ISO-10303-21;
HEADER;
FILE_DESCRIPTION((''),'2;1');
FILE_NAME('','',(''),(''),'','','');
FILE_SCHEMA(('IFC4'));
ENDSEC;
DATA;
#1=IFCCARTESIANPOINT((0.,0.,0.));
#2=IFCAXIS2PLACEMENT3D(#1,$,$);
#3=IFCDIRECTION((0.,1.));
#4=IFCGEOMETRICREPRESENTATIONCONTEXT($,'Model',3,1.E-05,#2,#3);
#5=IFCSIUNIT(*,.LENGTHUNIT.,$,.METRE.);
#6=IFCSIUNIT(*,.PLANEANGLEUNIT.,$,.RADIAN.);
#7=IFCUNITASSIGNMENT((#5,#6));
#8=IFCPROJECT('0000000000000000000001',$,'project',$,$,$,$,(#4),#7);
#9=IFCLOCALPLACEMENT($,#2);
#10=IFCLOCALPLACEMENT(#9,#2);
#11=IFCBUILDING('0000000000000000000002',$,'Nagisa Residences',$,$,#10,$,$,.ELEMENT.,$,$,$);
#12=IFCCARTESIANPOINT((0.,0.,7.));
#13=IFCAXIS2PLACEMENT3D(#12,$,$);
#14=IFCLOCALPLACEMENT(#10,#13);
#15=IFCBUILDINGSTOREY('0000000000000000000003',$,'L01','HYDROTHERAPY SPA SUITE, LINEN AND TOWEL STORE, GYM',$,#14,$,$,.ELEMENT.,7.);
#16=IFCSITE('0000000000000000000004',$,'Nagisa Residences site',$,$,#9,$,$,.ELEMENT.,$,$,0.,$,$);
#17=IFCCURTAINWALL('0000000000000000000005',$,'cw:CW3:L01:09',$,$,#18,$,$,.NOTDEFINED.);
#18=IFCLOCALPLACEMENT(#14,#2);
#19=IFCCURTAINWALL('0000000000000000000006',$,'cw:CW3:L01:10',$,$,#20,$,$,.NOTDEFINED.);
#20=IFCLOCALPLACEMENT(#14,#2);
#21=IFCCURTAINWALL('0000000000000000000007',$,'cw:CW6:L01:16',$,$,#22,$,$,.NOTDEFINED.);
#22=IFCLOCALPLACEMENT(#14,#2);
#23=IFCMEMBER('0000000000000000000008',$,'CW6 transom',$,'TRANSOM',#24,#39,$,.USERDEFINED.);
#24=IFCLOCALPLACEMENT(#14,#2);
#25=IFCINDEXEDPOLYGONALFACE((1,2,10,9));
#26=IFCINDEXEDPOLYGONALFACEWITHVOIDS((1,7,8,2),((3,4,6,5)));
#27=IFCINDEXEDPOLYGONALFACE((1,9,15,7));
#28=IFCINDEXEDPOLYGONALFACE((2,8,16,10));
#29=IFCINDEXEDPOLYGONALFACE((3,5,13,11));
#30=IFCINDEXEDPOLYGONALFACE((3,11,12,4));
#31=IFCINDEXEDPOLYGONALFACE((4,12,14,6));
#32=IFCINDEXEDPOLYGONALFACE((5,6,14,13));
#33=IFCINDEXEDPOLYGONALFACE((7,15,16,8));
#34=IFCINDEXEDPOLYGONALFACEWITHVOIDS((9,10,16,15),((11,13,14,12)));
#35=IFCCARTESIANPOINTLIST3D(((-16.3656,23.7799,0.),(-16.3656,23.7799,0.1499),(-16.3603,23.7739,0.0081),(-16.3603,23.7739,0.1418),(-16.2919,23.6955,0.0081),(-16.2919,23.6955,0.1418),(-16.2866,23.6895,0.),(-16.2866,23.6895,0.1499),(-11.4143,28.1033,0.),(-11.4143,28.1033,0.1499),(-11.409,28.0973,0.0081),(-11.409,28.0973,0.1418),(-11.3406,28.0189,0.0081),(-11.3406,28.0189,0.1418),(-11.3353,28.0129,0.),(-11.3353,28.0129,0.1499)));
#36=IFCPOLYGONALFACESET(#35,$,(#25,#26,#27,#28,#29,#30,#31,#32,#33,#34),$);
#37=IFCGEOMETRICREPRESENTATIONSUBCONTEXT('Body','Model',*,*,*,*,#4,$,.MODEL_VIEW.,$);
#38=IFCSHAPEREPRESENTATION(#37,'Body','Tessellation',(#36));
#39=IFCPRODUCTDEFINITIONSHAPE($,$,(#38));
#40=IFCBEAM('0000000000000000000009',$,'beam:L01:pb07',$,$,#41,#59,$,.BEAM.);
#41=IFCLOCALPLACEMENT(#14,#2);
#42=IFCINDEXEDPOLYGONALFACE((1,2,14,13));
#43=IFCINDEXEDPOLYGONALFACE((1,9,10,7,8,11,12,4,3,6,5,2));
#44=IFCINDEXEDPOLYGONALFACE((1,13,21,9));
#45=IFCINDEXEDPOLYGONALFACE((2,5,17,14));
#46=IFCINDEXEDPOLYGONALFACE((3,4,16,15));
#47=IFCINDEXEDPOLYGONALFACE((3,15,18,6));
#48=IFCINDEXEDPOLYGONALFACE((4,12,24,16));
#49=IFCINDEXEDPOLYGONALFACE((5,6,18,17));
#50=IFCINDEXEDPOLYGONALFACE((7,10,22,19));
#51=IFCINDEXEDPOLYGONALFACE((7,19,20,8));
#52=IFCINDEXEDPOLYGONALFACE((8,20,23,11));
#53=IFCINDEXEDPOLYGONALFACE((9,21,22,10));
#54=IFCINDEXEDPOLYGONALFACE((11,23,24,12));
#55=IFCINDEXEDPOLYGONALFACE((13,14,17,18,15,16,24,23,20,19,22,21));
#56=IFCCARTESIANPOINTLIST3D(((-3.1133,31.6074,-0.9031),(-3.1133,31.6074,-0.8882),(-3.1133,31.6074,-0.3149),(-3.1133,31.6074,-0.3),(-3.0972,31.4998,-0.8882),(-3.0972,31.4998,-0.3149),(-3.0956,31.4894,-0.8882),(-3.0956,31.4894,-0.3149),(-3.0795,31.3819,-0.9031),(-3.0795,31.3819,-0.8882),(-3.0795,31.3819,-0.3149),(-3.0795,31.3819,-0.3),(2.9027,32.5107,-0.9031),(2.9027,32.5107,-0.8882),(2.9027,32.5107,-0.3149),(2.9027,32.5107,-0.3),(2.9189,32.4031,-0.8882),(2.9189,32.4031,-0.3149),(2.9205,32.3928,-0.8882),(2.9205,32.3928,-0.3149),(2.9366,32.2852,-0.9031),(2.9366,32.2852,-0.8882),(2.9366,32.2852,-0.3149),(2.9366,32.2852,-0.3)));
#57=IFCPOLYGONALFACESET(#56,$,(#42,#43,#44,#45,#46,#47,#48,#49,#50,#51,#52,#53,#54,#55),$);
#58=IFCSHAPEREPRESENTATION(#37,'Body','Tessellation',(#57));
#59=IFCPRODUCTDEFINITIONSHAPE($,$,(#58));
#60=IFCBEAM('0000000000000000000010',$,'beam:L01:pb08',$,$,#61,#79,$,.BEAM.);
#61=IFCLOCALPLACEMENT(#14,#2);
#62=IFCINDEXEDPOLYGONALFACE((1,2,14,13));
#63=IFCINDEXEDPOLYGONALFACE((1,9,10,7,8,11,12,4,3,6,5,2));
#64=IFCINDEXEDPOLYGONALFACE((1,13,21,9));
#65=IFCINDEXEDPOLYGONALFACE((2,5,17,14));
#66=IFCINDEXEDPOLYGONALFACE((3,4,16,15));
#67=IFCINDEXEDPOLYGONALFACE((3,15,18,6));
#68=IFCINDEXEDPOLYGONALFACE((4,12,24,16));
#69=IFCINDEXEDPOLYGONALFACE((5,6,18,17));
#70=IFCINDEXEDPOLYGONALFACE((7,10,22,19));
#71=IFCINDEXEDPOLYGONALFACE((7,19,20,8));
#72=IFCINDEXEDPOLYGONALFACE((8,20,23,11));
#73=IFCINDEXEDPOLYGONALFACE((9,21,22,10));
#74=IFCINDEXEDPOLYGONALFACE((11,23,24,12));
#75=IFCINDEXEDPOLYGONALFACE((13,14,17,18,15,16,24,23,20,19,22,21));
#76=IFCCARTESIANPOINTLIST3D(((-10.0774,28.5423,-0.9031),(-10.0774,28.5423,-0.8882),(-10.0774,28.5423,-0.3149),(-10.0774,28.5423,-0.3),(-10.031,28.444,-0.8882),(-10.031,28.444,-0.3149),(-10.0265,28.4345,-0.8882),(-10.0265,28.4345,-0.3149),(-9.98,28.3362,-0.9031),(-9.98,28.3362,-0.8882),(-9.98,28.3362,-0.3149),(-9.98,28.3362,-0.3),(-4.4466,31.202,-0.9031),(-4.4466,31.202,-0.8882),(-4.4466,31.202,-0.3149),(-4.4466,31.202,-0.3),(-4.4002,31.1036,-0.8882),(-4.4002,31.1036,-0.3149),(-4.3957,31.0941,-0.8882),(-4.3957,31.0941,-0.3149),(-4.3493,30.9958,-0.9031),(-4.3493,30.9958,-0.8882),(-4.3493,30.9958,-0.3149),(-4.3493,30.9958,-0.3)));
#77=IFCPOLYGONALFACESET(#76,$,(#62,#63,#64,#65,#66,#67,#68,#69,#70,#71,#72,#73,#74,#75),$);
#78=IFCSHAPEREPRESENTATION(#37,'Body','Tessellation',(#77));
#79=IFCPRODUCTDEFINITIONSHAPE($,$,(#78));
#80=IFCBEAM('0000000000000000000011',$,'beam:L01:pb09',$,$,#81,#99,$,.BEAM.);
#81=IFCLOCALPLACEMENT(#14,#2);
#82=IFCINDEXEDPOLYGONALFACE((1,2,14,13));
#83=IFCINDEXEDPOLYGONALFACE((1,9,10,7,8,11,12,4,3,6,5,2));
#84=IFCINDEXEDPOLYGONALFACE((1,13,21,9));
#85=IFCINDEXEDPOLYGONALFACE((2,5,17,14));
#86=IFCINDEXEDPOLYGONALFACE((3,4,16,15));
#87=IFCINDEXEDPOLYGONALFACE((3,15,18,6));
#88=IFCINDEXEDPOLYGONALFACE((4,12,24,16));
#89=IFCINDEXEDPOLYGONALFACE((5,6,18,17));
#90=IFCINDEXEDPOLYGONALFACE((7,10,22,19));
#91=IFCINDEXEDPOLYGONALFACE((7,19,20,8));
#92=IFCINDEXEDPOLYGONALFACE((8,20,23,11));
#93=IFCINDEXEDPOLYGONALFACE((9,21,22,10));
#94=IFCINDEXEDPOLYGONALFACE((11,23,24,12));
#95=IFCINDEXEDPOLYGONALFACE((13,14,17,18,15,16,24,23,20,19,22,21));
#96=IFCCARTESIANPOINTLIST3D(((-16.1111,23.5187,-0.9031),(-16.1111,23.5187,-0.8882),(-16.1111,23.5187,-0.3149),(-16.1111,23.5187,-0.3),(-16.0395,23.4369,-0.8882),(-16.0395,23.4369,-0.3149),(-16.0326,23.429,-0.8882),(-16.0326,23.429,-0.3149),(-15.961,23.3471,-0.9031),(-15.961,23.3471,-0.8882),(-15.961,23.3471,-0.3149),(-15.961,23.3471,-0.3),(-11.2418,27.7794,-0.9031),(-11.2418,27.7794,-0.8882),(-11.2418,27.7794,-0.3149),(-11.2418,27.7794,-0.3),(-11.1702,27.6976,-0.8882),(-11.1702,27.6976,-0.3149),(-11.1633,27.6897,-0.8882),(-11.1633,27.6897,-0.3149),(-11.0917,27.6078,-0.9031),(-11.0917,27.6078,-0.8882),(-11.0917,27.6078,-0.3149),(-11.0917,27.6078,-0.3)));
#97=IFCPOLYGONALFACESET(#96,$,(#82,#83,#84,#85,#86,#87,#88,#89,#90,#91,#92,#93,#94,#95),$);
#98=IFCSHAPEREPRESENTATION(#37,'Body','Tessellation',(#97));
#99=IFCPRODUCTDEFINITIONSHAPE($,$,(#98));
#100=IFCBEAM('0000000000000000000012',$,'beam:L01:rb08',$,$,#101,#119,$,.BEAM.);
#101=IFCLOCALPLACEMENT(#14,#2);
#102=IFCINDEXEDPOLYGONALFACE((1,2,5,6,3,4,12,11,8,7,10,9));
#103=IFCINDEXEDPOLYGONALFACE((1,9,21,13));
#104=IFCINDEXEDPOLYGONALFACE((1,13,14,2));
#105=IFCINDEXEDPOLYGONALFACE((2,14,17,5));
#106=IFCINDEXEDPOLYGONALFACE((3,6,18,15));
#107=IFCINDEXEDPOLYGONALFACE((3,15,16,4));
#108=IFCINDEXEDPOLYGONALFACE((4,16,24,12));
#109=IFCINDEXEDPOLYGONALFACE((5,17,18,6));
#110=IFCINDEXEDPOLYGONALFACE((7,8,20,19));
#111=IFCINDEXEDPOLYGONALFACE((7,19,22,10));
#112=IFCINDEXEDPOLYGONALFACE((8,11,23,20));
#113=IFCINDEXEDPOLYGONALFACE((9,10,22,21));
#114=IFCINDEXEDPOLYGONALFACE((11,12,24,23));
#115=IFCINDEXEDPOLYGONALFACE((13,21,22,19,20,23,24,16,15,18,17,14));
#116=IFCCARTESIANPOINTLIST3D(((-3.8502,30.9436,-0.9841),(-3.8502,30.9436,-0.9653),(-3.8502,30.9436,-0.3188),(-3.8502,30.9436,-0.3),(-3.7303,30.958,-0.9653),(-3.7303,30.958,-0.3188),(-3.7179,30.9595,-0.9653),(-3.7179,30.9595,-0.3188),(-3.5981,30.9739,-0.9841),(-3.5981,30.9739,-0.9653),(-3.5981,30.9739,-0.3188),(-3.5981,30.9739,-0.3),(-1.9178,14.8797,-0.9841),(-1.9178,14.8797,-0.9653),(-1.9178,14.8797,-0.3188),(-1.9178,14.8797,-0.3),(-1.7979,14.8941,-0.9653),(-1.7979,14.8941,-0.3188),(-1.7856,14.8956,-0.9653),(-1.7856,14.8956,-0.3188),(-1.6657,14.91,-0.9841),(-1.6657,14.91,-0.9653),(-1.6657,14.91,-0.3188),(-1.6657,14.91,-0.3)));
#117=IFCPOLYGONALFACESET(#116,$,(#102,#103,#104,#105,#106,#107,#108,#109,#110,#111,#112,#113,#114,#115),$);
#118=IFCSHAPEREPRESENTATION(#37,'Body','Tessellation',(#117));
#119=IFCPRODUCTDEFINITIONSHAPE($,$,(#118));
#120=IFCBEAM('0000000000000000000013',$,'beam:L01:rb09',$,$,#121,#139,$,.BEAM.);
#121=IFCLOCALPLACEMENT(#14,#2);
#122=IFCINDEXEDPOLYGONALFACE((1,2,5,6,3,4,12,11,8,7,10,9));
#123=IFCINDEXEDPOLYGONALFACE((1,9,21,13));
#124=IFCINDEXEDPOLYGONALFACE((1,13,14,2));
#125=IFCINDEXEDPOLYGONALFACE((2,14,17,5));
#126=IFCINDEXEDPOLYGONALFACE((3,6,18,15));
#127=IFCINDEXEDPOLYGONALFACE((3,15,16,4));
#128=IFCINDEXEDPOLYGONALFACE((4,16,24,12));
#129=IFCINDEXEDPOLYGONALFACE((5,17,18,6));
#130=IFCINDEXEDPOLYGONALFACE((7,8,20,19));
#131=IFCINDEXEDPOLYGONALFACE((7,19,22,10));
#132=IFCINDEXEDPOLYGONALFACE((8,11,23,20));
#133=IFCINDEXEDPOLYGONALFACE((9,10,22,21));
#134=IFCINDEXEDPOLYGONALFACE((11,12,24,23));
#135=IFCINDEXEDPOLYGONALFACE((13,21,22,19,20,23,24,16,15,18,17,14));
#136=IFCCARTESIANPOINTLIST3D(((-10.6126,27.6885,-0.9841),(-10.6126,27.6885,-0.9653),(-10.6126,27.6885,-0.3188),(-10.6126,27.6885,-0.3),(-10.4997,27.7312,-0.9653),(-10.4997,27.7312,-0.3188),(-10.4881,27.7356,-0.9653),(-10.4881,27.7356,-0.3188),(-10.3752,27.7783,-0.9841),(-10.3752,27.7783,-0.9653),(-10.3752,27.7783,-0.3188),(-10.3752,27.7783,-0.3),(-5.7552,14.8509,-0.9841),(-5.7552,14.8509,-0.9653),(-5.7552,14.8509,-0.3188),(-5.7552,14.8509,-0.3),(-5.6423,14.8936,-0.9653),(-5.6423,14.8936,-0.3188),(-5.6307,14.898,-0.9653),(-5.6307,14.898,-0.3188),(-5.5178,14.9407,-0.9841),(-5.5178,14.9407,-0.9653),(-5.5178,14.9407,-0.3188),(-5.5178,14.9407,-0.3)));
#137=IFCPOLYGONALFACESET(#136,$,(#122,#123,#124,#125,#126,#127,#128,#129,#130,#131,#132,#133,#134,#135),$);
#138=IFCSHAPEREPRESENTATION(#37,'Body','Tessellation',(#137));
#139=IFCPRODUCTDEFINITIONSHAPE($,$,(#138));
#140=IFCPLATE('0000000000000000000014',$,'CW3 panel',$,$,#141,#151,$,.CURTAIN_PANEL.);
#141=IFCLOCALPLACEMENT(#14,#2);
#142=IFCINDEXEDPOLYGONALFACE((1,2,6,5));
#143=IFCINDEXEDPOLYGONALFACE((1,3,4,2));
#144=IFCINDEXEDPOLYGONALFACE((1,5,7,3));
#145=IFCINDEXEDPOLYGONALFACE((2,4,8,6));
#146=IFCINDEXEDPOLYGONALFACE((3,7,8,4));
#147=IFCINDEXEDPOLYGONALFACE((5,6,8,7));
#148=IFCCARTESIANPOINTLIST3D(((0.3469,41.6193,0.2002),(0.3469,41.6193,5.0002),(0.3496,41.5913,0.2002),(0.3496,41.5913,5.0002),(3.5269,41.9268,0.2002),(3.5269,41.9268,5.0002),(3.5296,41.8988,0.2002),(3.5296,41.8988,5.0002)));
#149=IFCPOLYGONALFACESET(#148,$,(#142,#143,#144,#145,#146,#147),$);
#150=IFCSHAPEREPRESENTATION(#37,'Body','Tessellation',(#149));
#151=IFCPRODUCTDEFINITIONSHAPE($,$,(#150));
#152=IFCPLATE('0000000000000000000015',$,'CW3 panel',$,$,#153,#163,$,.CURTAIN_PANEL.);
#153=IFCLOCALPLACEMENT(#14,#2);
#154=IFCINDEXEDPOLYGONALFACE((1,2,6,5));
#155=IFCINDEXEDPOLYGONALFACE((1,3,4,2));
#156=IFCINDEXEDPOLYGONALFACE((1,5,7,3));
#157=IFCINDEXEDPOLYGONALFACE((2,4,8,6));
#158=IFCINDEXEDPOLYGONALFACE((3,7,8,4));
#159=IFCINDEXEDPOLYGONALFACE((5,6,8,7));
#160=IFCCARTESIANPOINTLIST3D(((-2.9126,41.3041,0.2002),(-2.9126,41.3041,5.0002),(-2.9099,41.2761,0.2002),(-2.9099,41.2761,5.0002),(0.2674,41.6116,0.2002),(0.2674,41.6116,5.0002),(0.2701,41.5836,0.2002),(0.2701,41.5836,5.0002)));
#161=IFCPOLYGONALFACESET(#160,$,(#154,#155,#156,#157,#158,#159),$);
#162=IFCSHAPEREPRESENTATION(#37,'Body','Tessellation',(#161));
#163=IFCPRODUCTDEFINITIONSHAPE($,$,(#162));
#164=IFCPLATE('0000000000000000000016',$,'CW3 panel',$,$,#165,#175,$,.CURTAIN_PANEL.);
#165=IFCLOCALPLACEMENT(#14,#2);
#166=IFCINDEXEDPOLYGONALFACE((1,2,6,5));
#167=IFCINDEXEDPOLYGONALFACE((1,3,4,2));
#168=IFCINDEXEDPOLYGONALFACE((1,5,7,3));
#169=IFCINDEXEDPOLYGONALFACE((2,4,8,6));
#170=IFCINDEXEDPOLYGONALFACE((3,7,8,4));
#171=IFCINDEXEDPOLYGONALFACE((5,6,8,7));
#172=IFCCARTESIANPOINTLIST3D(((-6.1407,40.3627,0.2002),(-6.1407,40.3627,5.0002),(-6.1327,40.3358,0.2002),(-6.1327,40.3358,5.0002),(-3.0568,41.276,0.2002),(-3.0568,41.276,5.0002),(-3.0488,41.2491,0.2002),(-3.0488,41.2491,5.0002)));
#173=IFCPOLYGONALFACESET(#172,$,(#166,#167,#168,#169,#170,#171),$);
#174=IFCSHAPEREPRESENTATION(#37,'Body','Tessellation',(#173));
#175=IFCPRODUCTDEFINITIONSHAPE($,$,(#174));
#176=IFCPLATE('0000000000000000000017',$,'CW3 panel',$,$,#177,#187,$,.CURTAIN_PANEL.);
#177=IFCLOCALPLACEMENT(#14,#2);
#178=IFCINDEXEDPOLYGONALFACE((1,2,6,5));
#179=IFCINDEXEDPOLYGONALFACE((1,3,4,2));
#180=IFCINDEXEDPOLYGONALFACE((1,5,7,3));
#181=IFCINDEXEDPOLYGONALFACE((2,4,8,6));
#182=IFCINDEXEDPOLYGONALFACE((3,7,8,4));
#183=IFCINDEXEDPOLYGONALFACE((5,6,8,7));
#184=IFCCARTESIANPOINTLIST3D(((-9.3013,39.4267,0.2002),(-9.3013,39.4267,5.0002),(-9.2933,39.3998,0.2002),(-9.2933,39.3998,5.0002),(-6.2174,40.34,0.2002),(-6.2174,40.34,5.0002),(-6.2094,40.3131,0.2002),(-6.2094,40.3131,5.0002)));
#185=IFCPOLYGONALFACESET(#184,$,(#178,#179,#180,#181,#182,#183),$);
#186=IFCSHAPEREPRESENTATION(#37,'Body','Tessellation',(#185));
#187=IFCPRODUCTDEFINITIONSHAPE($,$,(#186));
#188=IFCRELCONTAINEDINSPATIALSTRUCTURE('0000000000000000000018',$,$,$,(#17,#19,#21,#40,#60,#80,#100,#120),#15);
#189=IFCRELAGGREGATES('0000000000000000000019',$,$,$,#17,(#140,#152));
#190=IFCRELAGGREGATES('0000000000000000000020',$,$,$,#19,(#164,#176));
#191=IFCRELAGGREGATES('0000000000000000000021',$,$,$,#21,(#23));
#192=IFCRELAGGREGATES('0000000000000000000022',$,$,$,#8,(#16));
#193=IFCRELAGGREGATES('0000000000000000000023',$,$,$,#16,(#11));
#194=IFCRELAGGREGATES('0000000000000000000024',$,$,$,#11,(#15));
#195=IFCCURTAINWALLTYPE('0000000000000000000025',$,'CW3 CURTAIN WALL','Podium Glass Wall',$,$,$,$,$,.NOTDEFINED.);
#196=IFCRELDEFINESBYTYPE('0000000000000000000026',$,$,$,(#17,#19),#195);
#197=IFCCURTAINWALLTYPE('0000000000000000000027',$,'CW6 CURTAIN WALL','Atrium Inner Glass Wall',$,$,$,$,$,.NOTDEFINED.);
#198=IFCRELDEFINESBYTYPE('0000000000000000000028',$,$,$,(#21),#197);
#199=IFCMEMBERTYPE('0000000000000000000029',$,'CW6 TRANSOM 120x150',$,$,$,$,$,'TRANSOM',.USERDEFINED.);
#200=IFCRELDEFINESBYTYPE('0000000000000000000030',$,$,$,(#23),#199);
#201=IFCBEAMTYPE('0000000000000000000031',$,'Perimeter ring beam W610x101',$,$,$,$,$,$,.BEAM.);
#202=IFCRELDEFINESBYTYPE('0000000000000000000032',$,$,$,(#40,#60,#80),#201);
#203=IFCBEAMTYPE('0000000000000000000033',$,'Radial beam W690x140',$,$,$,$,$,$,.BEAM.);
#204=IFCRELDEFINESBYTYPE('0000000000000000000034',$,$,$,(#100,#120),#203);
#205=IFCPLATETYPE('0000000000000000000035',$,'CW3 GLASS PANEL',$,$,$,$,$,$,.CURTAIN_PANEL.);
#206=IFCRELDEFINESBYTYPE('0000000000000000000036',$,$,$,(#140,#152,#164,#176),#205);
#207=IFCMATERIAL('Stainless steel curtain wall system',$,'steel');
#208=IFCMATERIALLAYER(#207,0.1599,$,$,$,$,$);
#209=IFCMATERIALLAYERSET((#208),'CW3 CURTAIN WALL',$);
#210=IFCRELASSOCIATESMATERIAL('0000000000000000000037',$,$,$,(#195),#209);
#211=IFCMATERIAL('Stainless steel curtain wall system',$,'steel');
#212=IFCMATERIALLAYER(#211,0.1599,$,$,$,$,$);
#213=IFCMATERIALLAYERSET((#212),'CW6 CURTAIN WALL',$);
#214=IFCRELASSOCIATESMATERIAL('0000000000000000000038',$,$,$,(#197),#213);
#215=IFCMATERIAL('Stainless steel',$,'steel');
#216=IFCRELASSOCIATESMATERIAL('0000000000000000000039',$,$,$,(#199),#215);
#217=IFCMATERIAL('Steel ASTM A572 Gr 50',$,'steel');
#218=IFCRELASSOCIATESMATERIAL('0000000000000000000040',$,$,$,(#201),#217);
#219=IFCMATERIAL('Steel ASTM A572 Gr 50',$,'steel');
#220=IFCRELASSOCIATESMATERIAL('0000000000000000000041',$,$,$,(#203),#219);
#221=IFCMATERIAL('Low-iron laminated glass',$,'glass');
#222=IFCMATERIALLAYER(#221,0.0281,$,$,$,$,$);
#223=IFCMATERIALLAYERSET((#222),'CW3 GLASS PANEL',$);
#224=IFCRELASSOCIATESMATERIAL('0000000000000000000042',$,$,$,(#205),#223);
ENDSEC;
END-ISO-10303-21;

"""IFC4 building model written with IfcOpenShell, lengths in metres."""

from ifc_helpers import new_model, si_unit, direction, frame, origin, origin_2d, place, context, subcontext, project, spatial, rectangle, hollow_rectangle, i_section, extrude, material, layer, layer_set, material_profile, profile_set, type_object, element, aggregate, save


model = new_model("IFC4")

# Units and contexts
model_context = context("Model", 3, precision=1e-05, world=origin(), true_north=direction((0.0, 1.0)))
body_context = subcontext(model_context, "Body", "Model", "MODEL_VIEW")
ifc_project = project(units=[si_unit("LENGTHUNIT", "METRE"), si_unit("PLANEANGLEUNIT", "RADIAN")], contexts=[model_context])

# Site, building, storey
site_placement = place(None, origin())
site = spatial("IfcSite", under=ifc_project, at=site_placement, Name="Nagisa Residences site", CompositionType="ELEMENT", RefElevation=0.0)
building_placement = place(site_placement, origin())
building = spatial("IfcBuilding", under=site, at=building_placement, Name="Nagisa Residences", CompositionType="ELEMENT")
storey_placement = place(building_placement, frame((0.0, 0.0, 7.0)))
storey = spatial("IfcBuildingStorey", under=building, at=storey_placement, Name="L01", Description="HYDROTHERAPY SPA SUITE, LINEN AND TOWEL STORE, GYM", CompositionType="ELEMENT", Elevation=7.0)

# Curtain walls
ifc_material_1 = material(Name="Stainless steel curtain wall system", Category="steel")
ifc_layer_1 = layer(ifc_material_1, 0.1599)
ifc_layer_set_1 = layer_set([ifc_layer_1], Name="CW3 CURTAIN WALL")
curtain_wall_type_1 = type_object("IfcCurtainWallType", Name="CW3 CURTAIN WALL", Description="Podium Glass Wall", PredefinedType="NOTDEFINED", material=ifc_layer_set_1)
curtain_wall_1_placement = place(storey_placement, origin())
curtain_wall_1 = element("IfcCurtainWall", 1, at=curtain_wall_1_placement, inside=storey, type_object=curtain_wall_type_1, Name="cw:CW3:L01:09", PredefinedType="NOTDEFINED")
curtain_wall_2_placement = place(storey_placement, origin())
curtain_wall_2 = element("IfcCurtainWall", 2, at=curtain_wall_2_placement, inside=storey, type_object=curtain_wall_type_1, Name="cw:CW3:L01:10", PredefinedType="NOTDEFINED")

# Curtain wall
ifc_material_2 = material(Name="Stainless steel curtain wall system", Category="steel")
ifc_layer_2 = layer(ifc_material_2, 0.1599)
ifc_layer_set_2 = layer_set([ifc_layer_2], Name="CW6 CURTAIN WALL")
curtain_wall_type_2 = type_object("IfcCurtainWallType", Name="CW6 CURTAIN WALL", Description="Atrium Inner Glass Wall", PredefinedType="NOTDEFINED", material=ifc_layer_set_2)
curtain_wall_3_placement = place(storey_placement, origin())
curtain_wall_3 = element("IfcCurtainWall", 3, at=curtain_wall_3_placement, inside=storey, type_object=curtain_wall_type_2, Name="cw:CW6:L01:16", PredefinedType="NOTDEFINED")

# Member
ifc_material_3 = material(Name="Stainless steel", Category="steel")
ifc_material_profile_1 = material_profile(ifc_material_3, hollow_rectangle(XDim=0.1201, YDim=0.1499, WallThickness=0.0081, at=origin_2d()), Name="CW6 TRANSOM 120x150")
ifc_profile_set_1 = profile_set([ifc_material_profile_1], Name="Stainless steel")
member_type_1 = type_object("IfcMemberType", Name="CW6 TRANSOM 120x150", ElementType="TRANSOM", PredefinedType="USERDEFINED", material=ifc_profile_set_1)
member_1_placement = place(storey_placement, frame((-11.3748, 28.0581, 0.075), z_axis=(-0.753255, -0.657729, 0.0), x_axis=(0.657729, -0.753255, 0.0)))
member_1 = element("IfcMember", 4, at=member_1_placement, type_object=member_type_1, Name="CW6 transom", ObjectType="TRANSOM", PredefinedType="USERDEFINED", context=body_context, shape_type="SweptSolid", body=[
    extrude(hollow_rectangle(XDim=0.1201, YDim=0.1499, WallThickness=0.0081, at=origin_2d()), origin(), (0.0, 0.0, 1.0), 6.5732),
])

# Beams
ifc_material_4 = material(Name="Steel ASTM A572 Gr 50", Category="steel")
ifc_material_profile_2 = material_profile(ifc_material_4, i_section(OverallWidth=0.228, OverallDepth=0.603, WebThickness=0.0105, FlangeThickness=0.0149, at=origin_2d()), Name="W610x101")
ifc_profile_set_2 = profile_set([ifc_material_profile_2], Name="Steel ASTM A572 Gr 50")
beam_type_1 = type_object("IfcBeamType", Name="Perimeter ring beam W610x101", PredefinedType="BEAM", material=ifc_profile_set_2)
beam_1_placement = place(storey_placement, frame((2.9197, 32.3979, -0.6016), z_axis=(-0.988915, -0.148486, 0.0), x_axis=(0.148486, -0.988915, 0.0)))
element("IfcBeam", 5, at=beam_1_placement, inside=storey, type_object=beam_type_1, Name="beam:L01:pb07", PredefinedType="BEAM", context=body_context, shape_type="SweptSolid", body=[
    extrude(i_section(OverallWidth=0.228, OverallDepth=0.603, WebThickness=0.0105, FlangeThickness=0.0149, at=origin_2d()), origin(), (0.0, 0.0, 1.0), 6.0835),
])
beam_2_placement = place(storey_placement, frame((-4.3979, 31.0989, -0.6016), z_axis=(-0.904208, -0.427092, 0.0), x_axis=(0.427092, -0.904208, 0.0)))
element("IfcBeam", 6, at=beam_2_placement, inside=storey, type_object=beam_type_1, Name="beam:L01:pb08", PredefinedType="BEAM", context=body_context, shape_type="SweptSolid", body=[
    extrude(i_section(OverallWidth=0.228, OverallDepth=0.603, WebThickness=0.0105, FlangeThickness=0.0149, at=origin_2d()), origin(), (0.0, 0.0, 1.0), 6.2273),
])
beam_3_placement = place(storey_placement, frame((-11.1667, 27.6936, -0.6016), z_axis=(-0.752574, -0.658507, 0.0), x_axis=(0.658507, -0.752574, 0.0)))
element("IfcBeam", 7, at=beam_3_placement, inside=storey, type_object=beam_type_1, Name="beam:L01:pb09", PredefinedType="BEAM", context=body_context, shape_type="SweptSolid", body=[
    extrude(i_section(OverallWidth=0.228, OverallDepth=0.603, WebThickness=0.0105, FlangeThickness=0.0149, at=origin_2d()), origin(), (0.0, 0.0, 1.0), 6.4702),
])
ifc_material_5 = material(Name="Steel ASTM A572 Gr 50", Category="steel")
ifc_material_profile_3 = material_profile(ifc_material_5, i_section(OverallWidth=0.2539, OverallDepth=0.6841, WebThickness=0.0125, FlangeThickness=0.0188, at=origin_2d()), Name="W690x140")
ifc_profile_set_3 = profile_set([ifc_material_profile_3], Name="Steel ASTM A572 Gr 50")
beam_type_2 = type_object("IfcBeamType", Name="Radial beam W690x140", PredefinedType="BEAM", material=ifc_profile_set_3)
beam_4_placement = place(storey_placement, frame((-3.7241, 30.9587, -0.6421), z_axis=(0.119431, -0.992842, 0.0), x_axis=(0.992842, 0.119431, 0.0)))
element("IfcBeam", 8, at=beam_4_placement, inside=storey, type_object=beam_type_2, Name="beam:L01:rb08", PredefinedType="BEAM", context=body_context, shape_type="SweptSolid", body=[
    extrude(i_section(OverallWidth=0.2539, OverallDepth=0.6841, WebThickness=0.0125, FlangeThickness=0.0188, at=origin_2d()), origin(), (0.0, 0.0, 1.0), 16.1797),
])
beam_5_placement = place(storey_placement, frame((-10.4939, 27.7334, -0.6421), z_axis=(0.353888, -0.935288, 0.0), x_axis=(0.935288, 0.353888, 0.0)))
element("IfcBeam", 9, at=beam_5_placement, inside=storey, type_object=beam_type_2, Name="beam:L01:rb09", PredefinedType="BEAM", context=body_context, shape_type="SweptSolid", body=[
    extrude(i_section(OverallWidth=0.2539, OverallDepth=0.6841, WebThickness=0.0125, FlangeThickness=0.0188, at=origin_2d()), origin(), (0.0, 0.0, 1.0), 13.7258),
])

# Plates
ifc_material_6 = material(Name="Low-iron laminated glass", Category="glass")
ifc_layer_3 = layer(ifc_material_6, 0.0281)
ifc_layer_set_3 = layer_set([ifc_layer_3], Name="CW3 GLASS PANEL")
plate_type_1 = type_object("IfcPlateType", Name="CW3 GLASS PANEL", PredefinedType="CURTAIN_PANEL", material=ifc_layer_set_3)
plate_1_placement = place(storey_placement, frame((1.9382, 41.759, 0.2002), z_axis=(0.0, 0.0, 1.0), x_axis=(-0.995357, -0.096249, 0.0)))
plate_1 = element("IfcPlate", 10, at=plate_1_placement, type_object=plate_type_1, Name="CW3 panel", PredefinedType="CURTAIN_PANEL", context=body_context, shape_type="SweptSolid", body=[
    extrude(rectangle(XDim=3.1948, YDim=0.0281, at=origin_2d()), origin(), (0.0, 0.0, 1.0), 4.8),
])
plate_2_placement = place(storey_placement, frame((-1.3213, 41.4438, 0.2002), z_axis=(0.0, 0.0, 1.0), x_axis=(-0.995357, -0.096249, 0.0)))
plate_2 = element("IfcPlate", 11, at=plate_2_placement, type_object=plate_type_1, Name="CW3 panel", PredefinedType="CURTAIN_PANEL", context=body_context, shape_type="SweptSolid", body=[
    extrude(rectangle(XDim=3.1948, YDim=0.0281, at=origin_2d()), origin(), (0.0, 0.0, 1.0), 4.8),
])
aggregate(curtain_wall_1, [plate_1, plate_2])
plate_3_placement = place(storey_placement, frame((-4.5947, 40.8059, 0.2002), z_axis=(0.0, 0.0, 1.0), x_axis=(-0.958835, -0.283963, 0.0)))
plate_3 = element("IfcPlate", 12, at=plate_3_placement, type_object=plate_type_1, Name="CW3 panel", PredefinedType="CURTAIN_PANEL", context=body_context, shape_type="SweptSolid", body=[
    extrude(rectangle(XDim=3.2163, YDim=0.0281, at=origin_2d()), origin(), (0.0, 0.0, 1.0), 4.8),
])
plate_4_placement = place(storey_placement, frame((-7.7554, 39.8699, 0.2002), z_axis=(0.0, 0.0, 1.0), x_axis=(-0.958835, -0.283963, 0.0)))
plate_4 = element("IfcPlate", 13, at=plate_4_placement, type_object=plate_type_1, Name="CW3 panel", PredefinedType="CURTAIN_PANEL", context=body_context, shape_type="SweptSolid", body=[
    extrude(rectangle(XDim=3.2163, YDim=0.0281, at=origin_2d()), origin(), (0.0, 0.0, 1.0), 4.8),
])
aggregate(curtain_wall_2, [plate_3, plate_4])
aggregate(curtain_wall_3, [member_1])

save(model, "model.ifc")
